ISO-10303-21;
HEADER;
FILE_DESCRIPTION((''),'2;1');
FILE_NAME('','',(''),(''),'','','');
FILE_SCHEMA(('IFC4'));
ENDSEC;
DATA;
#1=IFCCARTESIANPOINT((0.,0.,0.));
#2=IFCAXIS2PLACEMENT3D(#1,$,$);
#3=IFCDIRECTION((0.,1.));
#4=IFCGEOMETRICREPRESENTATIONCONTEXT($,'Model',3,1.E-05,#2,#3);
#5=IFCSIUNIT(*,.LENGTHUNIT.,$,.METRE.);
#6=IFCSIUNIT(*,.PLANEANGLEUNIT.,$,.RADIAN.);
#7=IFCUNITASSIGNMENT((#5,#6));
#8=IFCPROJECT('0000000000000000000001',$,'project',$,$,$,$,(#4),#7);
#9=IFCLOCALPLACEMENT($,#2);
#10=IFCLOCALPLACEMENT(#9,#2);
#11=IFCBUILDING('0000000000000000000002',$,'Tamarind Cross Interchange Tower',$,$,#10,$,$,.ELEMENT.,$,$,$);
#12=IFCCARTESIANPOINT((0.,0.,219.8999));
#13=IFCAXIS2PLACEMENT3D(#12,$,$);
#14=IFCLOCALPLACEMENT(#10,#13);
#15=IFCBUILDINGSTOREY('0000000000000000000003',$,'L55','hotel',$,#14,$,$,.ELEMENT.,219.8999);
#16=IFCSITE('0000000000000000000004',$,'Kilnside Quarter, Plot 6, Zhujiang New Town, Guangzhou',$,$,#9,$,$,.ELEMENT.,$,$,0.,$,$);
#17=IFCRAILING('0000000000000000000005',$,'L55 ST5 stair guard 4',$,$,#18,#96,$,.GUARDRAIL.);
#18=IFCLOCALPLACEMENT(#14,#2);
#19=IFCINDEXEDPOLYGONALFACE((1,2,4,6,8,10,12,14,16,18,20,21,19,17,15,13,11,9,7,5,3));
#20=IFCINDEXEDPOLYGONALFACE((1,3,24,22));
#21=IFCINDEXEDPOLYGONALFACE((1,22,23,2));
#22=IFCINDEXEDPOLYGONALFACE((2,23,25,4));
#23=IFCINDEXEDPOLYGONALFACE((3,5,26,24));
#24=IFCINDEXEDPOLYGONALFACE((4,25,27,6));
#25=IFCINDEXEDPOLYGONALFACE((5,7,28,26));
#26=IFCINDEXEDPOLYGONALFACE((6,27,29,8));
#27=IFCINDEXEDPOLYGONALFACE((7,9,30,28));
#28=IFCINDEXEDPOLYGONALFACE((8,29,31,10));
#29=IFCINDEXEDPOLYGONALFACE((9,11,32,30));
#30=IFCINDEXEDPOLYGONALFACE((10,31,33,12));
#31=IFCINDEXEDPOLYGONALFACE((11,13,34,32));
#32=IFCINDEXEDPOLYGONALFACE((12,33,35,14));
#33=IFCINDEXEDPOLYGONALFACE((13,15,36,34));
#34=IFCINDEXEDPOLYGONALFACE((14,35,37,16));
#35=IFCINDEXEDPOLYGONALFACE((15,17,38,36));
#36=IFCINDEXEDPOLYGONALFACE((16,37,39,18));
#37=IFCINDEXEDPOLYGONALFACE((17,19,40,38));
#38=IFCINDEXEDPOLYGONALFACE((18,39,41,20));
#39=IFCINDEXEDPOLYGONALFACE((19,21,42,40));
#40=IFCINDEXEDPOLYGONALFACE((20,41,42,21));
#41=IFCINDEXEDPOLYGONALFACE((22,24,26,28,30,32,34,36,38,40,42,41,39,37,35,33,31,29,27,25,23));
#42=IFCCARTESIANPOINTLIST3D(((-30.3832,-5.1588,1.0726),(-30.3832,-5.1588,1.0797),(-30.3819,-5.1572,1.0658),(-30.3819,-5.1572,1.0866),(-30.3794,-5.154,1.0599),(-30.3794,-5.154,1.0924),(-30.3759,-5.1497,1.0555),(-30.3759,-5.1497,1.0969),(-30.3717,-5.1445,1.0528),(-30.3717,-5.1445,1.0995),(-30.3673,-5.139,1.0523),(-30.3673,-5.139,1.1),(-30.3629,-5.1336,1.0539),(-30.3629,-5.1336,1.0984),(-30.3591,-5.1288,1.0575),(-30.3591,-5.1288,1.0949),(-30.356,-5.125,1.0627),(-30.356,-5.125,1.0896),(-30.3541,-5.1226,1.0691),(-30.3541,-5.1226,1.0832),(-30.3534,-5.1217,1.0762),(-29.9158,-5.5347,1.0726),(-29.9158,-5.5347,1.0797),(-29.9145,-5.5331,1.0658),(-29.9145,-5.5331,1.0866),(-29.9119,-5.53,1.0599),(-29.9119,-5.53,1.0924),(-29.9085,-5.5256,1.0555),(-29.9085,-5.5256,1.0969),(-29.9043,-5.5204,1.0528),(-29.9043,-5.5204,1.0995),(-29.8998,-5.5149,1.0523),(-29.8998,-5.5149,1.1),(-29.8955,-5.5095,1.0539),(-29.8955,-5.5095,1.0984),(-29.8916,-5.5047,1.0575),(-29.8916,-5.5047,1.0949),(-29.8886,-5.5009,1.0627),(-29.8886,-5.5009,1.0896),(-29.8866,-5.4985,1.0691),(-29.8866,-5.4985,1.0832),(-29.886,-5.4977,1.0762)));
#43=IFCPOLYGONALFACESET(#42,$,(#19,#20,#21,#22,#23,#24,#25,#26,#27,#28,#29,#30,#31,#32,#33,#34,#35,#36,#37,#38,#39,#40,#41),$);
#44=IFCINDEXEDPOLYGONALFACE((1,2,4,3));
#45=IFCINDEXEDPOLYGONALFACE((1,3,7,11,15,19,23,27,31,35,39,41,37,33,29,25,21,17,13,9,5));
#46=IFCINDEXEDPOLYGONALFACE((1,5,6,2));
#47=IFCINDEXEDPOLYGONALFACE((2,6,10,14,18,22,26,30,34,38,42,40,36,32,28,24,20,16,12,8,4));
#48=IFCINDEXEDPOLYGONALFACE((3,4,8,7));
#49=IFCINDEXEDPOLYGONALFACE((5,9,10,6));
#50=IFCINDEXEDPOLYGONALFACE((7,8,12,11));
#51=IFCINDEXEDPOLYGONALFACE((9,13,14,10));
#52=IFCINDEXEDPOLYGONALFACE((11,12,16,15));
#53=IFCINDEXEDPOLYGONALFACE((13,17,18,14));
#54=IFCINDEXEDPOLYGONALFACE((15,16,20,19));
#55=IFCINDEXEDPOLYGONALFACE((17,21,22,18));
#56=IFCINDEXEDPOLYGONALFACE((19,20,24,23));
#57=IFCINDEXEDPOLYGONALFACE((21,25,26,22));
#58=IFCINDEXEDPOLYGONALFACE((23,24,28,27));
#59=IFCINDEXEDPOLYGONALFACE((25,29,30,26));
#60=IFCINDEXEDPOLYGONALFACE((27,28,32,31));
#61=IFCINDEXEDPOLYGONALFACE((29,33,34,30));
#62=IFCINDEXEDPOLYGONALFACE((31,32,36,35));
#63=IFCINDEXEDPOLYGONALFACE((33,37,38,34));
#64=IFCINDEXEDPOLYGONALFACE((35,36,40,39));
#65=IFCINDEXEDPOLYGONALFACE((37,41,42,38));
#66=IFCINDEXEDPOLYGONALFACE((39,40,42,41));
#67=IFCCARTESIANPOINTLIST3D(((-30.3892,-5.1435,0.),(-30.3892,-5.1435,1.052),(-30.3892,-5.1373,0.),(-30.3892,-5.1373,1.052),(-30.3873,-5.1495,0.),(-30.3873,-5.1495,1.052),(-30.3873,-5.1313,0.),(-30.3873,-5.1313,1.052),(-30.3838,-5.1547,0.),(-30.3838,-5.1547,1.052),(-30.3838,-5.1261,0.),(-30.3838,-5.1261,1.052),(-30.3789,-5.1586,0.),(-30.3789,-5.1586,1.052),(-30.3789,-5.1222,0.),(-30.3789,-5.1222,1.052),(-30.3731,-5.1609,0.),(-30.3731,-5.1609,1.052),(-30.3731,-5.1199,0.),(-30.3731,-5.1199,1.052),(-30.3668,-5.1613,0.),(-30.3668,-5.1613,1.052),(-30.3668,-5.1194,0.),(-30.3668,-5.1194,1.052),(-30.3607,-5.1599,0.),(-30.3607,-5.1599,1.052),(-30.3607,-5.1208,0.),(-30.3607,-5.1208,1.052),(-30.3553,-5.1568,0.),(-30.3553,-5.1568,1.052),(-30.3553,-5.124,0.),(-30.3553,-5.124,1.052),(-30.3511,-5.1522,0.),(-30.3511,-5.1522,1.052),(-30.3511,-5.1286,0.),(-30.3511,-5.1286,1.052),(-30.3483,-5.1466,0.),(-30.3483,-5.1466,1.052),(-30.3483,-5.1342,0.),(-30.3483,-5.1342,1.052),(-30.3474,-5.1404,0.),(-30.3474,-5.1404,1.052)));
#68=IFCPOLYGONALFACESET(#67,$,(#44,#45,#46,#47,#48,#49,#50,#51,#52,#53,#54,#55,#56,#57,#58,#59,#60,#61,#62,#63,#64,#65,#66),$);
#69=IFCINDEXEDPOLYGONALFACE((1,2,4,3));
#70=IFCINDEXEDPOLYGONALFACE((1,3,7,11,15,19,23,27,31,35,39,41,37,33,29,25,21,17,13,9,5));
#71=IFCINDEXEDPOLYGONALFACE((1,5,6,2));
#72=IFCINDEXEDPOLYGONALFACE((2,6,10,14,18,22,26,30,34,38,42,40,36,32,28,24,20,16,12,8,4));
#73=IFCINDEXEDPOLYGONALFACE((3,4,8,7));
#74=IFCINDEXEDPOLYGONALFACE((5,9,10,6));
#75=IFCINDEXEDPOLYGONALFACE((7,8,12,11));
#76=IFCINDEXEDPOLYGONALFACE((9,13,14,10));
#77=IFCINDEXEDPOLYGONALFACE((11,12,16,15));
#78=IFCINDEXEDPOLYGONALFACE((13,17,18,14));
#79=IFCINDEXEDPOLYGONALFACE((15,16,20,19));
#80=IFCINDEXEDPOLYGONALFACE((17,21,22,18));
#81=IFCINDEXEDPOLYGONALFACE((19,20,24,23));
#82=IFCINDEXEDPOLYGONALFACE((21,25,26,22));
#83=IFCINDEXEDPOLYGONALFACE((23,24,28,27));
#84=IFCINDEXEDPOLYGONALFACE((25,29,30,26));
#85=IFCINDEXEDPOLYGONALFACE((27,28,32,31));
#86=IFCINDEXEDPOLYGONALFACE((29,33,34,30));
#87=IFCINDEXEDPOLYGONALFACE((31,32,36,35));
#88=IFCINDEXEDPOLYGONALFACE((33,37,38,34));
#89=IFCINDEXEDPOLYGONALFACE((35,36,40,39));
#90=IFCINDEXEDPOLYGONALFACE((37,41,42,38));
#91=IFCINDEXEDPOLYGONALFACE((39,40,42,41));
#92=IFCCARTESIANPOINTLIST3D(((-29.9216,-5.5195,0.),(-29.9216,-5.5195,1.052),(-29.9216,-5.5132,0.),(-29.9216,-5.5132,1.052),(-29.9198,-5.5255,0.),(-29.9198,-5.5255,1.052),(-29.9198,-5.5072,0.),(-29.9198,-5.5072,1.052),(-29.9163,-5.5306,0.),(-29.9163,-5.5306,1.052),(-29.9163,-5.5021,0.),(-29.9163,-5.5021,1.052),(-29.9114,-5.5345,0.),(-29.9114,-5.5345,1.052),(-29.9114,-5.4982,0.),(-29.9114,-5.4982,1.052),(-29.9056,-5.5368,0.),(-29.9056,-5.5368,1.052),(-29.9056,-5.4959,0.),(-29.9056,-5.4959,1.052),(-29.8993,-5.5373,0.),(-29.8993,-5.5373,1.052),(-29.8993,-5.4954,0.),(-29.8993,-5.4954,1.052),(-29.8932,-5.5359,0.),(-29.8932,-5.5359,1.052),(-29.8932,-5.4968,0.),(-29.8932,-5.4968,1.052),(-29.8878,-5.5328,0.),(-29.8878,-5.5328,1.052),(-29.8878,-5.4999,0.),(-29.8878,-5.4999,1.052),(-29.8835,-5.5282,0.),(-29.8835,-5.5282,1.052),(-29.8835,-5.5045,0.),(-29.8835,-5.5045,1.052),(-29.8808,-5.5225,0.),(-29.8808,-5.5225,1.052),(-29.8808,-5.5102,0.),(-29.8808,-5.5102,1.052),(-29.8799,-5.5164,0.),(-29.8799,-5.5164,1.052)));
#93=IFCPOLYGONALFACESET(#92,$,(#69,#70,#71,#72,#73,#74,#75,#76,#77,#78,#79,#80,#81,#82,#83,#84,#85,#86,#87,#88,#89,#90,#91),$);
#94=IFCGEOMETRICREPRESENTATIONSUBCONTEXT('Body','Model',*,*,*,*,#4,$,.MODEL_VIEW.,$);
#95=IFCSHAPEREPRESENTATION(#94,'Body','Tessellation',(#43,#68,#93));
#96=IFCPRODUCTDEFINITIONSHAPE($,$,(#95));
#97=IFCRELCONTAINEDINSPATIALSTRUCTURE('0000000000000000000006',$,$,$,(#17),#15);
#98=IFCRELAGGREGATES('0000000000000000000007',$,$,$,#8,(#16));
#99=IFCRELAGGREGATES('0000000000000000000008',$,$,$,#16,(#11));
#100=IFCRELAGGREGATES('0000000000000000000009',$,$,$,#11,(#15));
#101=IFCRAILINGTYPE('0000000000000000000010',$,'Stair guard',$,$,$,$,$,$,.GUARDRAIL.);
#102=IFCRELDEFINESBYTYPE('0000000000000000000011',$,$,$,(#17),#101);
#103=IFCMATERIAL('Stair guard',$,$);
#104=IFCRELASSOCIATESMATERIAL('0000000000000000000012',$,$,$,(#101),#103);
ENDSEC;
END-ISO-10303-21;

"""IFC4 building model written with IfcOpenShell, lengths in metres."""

from ifc_helpers import new_model, si_unit, direction, frame, origin, origin_2d, place, context, subcontext, project, spatial, circle, extrude, material, type_object, element, save


model = new_model("IFC4")

# Units and contexts
model_context = context("Model", 3, precision=1e-05, world=origin(), true_north=direction((0.0, 1.0)))
body_context = subcontext(model_context, "Body", "Model", "MODEL_VIEW")
ifc_project = project(units=[si_unit("LENGTHUNIT", "METRE"), si_unit("PLANEANGLEUNIT", "RADIAN")], contexts=[model_context])

# Site, building, storey
site_placement = place(None, origin())
site = spatial("IfcSite", under=ifc_project, at=site_placement, Name="Kilnside Quarter, Plot 6, Zhujiang New Town, Guangzhou", CompositionType="ELEMENT", RefElevation=0.0)
building_placement = place(site_placement, origin())
building = spatial("IfcBuilding", under=site, at=building_placement, Name="Tamarind Cross Interchange Tower", CompositionType="ELEMENT")
storey_placement = place(building_placement, frame((0.0, 0.0, 219.8999)))
storey = spatial("IfcBuildingStorey", under=building, at=storey_placement, Name="L55", Description="hotel", CompositionType="ELEMENT", Elevation=219.8999)

# Railing
ifc_material_1 = material(Name="Stair guard")
railing_type_1 = type_object("IfcRailingType", Name="Stair guard", PredefinedType="GUARDRAIL", material=ifc_material_1)
railing_1_placement = place(storey_placement, frame((-30.3684, -5.1404, 0.0)))
element("IfcRailing", 1, at=railing_1_placement, inside=storey, type_object=railing_type_1, Name="L55 ST5 stair guard 4", PredefinedType="GUARDRAIL", context=body_context, shape_type="SweptSolid", body=[
    extrude(circle(Radius=0.0239, at=origin_2d()), frame((0.0, 0.0, 1.0762), z_axis=(0.779278, -0.626678, 0.0), x_axis=(0.626678, 0.779278, 0.0)), (0.0, 0.0, 1.0), 0.5999),
    extrude(circle(Radius=0.021, at=origin_2d()), origin(), (0.0, 0.0, 1.0), 1.052),
    extrude(circle(Radius=0.021, at=origin_2d()), frame((0.4675, -0.376, 0.0)), (0.0, 0.0, 1.0), 1.052),
])

save(model, "model.ifc")
